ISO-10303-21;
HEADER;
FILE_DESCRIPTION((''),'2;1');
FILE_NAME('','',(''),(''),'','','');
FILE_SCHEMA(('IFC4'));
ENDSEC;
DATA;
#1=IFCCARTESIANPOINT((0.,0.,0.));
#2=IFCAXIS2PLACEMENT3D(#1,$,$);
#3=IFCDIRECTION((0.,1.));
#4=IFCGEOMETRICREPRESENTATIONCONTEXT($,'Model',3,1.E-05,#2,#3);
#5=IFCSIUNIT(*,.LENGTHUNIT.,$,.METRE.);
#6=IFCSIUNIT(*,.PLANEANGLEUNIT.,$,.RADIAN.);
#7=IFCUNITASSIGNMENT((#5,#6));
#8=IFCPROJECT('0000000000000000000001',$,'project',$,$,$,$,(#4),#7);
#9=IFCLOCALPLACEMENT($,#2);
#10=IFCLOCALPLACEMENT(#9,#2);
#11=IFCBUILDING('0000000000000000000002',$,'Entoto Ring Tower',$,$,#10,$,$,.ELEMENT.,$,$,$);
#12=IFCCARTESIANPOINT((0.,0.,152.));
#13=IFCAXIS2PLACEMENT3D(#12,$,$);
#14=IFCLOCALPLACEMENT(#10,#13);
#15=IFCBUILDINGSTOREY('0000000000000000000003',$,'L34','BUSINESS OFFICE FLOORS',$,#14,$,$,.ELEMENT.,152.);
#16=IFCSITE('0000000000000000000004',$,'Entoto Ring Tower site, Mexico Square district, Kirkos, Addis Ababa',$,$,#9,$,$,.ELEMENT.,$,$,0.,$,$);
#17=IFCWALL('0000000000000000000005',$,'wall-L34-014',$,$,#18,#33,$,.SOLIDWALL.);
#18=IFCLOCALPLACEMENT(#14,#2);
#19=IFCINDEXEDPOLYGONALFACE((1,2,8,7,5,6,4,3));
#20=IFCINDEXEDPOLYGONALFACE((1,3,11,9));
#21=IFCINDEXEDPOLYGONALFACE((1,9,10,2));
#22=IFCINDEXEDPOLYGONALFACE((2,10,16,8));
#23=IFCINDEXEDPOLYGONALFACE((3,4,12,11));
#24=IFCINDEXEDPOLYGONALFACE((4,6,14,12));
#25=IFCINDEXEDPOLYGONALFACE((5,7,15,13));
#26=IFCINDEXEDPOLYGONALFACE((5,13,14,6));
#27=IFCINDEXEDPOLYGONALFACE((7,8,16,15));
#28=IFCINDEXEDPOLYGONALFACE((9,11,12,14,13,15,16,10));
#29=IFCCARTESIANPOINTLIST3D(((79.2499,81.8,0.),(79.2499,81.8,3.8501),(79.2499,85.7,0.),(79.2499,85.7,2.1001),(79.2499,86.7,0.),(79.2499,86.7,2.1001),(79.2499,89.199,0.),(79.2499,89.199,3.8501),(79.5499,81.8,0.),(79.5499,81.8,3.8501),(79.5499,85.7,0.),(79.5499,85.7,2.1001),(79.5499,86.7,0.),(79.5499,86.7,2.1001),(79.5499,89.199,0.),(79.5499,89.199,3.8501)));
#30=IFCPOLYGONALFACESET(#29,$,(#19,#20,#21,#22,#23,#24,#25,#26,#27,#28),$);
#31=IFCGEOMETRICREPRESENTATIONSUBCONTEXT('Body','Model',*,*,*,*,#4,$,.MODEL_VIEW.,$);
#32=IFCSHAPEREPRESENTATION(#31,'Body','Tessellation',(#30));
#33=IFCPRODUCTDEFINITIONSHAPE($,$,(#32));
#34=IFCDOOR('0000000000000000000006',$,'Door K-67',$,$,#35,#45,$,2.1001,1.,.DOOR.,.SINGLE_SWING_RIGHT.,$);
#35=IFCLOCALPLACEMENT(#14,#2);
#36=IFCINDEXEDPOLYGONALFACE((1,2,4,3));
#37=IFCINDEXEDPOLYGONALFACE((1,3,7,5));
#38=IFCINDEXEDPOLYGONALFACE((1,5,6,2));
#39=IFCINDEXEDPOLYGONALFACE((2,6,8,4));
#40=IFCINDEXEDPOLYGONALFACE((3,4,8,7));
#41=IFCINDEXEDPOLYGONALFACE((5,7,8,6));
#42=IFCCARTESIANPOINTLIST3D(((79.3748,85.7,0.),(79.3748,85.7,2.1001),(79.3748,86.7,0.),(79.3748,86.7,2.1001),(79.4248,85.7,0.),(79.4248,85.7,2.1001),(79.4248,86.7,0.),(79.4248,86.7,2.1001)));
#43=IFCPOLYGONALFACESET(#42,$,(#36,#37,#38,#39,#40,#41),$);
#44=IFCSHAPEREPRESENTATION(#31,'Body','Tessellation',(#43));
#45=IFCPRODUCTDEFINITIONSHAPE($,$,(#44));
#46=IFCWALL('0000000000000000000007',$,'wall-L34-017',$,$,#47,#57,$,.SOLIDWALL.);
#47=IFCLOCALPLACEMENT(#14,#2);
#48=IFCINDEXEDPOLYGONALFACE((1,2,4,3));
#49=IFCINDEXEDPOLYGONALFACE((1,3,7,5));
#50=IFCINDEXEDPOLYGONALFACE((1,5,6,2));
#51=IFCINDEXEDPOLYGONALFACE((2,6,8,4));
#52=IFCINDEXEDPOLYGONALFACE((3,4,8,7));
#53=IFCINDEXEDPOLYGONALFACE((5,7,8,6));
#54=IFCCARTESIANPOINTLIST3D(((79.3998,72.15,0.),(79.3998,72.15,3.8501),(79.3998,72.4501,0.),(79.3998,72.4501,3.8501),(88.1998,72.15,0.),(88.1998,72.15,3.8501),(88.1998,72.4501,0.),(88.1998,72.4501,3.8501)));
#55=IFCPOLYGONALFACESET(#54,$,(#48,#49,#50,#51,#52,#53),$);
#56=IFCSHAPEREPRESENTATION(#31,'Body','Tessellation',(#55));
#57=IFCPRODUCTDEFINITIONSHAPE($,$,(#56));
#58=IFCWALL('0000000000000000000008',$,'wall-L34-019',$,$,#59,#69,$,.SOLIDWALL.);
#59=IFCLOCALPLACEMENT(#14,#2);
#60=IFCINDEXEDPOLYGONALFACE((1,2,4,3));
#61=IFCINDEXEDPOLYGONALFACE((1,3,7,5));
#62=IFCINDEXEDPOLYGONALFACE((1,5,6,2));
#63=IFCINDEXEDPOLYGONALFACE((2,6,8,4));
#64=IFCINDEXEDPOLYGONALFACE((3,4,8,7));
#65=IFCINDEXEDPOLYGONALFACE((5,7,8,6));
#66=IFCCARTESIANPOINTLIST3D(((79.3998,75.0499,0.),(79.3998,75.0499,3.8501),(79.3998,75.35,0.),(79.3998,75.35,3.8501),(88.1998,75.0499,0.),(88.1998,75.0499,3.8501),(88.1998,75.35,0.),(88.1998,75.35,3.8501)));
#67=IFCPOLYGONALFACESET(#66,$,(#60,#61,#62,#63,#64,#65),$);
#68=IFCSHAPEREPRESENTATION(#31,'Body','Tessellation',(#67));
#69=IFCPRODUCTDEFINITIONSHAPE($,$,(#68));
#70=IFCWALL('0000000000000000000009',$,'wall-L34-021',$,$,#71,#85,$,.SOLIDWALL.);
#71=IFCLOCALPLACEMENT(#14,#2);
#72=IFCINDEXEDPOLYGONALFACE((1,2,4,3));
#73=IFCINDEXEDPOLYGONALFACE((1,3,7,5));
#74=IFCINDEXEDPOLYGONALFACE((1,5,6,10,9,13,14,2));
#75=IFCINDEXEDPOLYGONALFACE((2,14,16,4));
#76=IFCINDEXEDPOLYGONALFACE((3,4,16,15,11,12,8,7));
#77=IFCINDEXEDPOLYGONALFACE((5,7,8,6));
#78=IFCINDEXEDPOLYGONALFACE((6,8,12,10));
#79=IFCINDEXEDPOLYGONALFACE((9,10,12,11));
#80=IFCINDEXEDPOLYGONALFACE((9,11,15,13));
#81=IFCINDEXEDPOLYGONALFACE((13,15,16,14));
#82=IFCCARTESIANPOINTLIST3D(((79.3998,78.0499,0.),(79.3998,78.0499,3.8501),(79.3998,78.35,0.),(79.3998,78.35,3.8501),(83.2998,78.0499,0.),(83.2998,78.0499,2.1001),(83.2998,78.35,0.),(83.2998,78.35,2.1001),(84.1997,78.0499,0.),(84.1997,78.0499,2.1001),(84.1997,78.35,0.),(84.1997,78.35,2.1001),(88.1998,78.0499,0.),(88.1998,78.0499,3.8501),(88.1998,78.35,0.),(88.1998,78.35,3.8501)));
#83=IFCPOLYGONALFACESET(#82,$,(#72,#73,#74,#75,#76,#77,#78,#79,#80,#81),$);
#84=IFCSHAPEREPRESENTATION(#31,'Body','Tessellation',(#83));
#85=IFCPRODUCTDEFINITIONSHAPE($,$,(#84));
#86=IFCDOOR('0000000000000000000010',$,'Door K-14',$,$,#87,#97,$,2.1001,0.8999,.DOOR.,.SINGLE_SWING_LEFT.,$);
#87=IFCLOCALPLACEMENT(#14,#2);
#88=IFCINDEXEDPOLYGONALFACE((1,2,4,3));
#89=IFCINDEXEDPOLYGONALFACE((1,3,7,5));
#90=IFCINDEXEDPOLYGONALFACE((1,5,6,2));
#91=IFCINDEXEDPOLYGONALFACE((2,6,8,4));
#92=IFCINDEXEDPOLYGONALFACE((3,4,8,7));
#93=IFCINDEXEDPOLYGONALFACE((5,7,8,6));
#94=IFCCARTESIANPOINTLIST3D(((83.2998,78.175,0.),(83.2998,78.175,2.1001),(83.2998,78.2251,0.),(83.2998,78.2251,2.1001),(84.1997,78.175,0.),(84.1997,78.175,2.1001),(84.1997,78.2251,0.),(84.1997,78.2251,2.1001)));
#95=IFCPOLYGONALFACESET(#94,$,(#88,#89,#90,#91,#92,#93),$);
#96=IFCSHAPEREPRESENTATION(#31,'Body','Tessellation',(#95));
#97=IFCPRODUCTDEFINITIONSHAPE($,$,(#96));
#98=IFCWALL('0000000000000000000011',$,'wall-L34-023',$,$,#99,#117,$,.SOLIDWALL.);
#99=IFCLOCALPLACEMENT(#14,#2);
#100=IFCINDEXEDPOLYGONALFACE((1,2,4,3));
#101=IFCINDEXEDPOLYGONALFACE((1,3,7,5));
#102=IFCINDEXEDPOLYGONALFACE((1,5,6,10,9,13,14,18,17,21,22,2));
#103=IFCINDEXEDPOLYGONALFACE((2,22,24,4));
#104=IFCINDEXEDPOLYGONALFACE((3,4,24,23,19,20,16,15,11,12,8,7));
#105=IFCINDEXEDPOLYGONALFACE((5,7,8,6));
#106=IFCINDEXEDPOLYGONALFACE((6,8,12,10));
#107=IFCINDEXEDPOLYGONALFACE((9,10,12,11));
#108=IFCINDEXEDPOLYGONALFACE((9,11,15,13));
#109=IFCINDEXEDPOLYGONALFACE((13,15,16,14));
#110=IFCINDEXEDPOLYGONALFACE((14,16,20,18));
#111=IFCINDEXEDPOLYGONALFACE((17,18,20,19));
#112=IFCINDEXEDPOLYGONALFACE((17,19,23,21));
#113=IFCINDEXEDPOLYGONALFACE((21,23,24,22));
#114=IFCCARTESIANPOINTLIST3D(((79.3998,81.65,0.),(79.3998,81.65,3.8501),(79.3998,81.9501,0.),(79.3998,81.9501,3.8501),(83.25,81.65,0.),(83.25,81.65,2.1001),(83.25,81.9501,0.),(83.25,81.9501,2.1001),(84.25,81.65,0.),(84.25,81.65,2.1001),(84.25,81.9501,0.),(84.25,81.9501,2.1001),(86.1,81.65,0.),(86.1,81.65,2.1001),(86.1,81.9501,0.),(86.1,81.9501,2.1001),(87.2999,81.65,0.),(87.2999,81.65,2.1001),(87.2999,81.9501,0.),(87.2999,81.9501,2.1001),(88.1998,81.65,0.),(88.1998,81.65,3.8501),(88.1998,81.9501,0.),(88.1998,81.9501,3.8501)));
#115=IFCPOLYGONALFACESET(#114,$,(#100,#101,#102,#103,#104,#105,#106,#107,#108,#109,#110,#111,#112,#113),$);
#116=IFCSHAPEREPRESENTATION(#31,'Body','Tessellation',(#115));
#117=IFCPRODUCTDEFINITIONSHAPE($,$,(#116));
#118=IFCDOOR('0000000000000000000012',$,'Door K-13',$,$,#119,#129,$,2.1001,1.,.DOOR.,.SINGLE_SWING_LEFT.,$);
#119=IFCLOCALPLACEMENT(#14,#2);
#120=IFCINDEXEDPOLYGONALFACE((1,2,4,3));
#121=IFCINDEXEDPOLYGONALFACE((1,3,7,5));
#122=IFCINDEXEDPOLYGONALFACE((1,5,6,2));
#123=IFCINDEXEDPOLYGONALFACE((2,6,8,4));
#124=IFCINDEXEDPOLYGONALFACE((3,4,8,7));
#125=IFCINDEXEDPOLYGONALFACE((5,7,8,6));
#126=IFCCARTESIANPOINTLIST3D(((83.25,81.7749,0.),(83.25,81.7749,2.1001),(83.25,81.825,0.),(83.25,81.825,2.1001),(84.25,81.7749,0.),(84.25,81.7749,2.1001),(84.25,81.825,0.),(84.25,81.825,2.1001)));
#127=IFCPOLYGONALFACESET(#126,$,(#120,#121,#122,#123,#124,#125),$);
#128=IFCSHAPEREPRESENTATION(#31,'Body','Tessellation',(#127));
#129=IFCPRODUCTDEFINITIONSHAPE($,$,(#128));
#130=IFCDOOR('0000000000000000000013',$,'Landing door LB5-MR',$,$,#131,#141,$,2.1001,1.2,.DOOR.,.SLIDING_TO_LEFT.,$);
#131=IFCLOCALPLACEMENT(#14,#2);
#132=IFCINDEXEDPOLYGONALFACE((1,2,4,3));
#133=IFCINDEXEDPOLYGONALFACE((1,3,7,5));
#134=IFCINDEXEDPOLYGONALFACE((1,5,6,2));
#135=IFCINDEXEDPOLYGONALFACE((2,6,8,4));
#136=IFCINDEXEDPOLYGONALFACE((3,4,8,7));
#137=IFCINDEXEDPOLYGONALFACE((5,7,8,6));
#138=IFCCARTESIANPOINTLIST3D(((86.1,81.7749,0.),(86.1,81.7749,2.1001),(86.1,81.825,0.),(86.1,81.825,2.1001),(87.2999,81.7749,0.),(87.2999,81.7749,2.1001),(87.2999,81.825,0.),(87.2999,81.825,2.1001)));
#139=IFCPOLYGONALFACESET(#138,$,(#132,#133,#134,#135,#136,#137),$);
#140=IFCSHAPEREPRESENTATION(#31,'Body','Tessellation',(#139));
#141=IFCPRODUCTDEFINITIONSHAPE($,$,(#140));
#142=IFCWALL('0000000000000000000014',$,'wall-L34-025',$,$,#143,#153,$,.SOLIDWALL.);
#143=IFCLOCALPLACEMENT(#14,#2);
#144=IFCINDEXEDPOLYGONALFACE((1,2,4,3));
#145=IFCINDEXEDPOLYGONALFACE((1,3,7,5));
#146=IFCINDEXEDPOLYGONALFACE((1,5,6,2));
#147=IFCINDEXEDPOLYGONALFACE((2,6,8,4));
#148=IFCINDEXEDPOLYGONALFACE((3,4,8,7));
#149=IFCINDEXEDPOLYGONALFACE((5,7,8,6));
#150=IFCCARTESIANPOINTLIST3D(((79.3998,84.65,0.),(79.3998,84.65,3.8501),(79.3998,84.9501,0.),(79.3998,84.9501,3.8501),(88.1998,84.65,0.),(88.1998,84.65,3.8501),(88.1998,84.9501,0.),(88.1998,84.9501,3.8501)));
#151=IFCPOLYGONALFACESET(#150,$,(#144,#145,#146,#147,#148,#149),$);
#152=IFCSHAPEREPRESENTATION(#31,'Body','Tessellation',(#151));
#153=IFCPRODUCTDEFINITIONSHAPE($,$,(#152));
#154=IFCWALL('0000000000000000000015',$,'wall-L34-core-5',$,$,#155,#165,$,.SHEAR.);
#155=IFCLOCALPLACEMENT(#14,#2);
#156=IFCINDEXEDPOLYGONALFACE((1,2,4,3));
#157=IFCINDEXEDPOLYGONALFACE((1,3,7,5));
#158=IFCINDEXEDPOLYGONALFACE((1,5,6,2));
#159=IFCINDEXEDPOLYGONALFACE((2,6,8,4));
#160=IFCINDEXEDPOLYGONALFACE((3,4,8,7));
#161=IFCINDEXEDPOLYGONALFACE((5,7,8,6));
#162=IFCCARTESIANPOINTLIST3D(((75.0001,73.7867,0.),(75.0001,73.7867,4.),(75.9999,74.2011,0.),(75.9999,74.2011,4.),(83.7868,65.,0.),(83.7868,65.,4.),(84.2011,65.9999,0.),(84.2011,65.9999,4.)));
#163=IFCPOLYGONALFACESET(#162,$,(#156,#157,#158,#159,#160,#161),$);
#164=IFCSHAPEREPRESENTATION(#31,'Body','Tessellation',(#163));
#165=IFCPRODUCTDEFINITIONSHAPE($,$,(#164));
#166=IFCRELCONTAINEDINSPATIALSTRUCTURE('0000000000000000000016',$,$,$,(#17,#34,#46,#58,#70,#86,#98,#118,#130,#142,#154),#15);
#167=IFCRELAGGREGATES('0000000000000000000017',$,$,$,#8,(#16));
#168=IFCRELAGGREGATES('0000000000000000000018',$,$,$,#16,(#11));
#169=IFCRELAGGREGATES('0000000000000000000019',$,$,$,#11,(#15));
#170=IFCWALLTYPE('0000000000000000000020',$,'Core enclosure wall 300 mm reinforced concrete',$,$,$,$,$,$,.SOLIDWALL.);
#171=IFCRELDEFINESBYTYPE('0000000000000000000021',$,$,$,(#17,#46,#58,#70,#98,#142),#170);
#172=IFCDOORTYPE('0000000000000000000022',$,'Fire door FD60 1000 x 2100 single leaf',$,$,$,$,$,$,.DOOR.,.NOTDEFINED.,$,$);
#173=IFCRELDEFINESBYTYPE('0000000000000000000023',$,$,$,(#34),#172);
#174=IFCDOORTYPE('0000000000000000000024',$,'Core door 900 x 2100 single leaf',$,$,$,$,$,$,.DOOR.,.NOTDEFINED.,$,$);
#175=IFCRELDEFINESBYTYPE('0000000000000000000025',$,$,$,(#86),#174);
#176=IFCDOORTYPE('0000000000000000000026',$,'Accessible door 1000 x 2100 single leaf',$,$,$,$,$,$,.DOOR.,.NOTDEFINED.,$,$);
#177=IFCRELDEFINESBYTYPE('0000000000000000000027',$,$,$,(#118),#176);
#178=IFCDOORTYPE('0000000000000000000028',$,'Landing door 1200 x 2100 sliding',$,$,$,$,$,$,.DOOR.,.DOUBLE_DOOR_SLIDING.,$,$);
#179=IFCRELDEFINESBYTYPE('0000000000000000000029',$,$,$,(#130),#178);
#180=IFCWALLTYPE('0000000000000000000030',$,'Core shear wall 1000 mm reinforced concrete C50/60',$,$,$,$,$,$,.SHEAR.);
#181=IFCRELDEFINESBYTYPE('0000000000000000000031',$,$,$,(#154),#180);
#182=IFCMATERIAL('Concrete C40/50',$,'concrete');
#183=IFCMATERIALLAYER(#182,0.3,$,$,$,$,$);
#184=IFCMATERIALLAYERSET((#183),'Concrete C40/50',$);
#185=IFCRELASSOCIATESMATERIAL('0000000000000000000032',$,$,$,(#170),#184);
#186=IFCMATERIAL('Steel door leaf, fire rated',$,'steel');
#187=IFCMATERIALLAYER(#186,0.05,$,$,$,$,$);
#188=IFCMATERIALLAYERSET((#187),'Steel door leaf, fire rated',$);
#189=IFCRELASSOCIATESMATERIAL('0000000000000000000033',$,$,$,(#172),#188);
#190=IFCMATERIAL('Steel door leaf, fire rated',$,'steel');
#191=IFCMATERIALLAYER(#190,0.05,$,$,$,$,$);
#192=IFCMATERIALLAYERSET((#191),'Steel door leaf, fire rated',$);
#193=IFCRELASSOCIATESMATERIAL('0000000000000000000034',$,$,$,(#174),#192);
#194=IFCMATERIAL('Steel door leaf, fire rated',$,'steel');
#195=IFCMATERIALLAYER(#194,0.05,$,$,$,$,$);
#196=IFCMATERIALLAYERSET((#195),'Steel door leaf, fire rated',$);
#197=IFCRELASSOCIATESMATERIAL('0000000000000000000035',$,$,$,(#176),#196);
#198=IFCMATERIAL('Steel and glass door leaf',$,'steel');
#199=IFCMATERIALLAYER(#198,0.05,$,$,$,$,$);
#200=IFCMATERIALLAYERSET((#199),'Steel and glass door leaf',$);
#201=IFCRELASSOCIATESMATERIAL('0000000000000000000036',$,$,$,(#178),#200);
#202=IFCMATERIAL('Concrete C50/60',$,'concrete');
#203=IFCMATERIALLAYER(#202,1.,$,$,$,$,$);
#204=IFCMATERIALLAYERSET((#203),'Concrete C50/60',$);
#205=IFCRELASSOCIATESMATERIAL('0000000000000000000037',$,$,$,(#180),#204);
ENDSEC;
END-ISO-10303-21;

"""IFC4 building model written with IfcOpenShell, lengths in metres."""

from ifc_helpers import new_model, si_unit, direction, frame, frame_2d, origin, place, context, subcontext, project, spatial, polyline, rectangle, outline, extrude, material, layer, layer_set, type_object, element, fill, save


model = new_model("IFC4")

# Units and contexts
model_context = context("Model", 3, precision=1e-05, world=origin(), true_north=direction((0.0, 1.0)))
body_context = subcontext(model_context, "Body", "Model", "MODEL_VIEW")
ifc_project = project(units=[si_unit("LENGTHUNIT", "METRE"), si_unit("PLANEANGLEUNIT", "RADIAN")], contexts=[model_context])

# Site, building, storey
site_placement = place(None, origin())
site = spatial("IfcSite", under=ifc_project, at=site_placement, Name="Entoto Ring Tower site, Mexico Square district, Kirkos, Addis Ababa", CompositionType="ELEMENT", RefElevation=0.0)
building_placement = place(site_placement, origin())
building = spatial("IfcBuilding", under=site, at=building_placement, Name="Entoto Ring Tower", CompositionType="ELEMENT")
storey_placement = place(building_placement, frame((0.0, 0.0, 152.0)))
storey = spatial("IfcBuildingStorey", under=building, at=storey_placement, Name="L34", Description="BUSINESS OFFICE FLOORS", CompositionType="ELEMENT", Elevation=152.0)

# Shared definitions
ifc_material_1 = material(Name="Concrete C40/50", Category="concrete")
ifc_layer_1 = layer(ifc_material_1, 0.3)
ifc_layer_set_1 = layer_set([ifc_layer_1], Name="Concrete C40/50")
wall_type_1 = type_object("IfcWallType", Name="Core enclosure wall 300 mm reinforced concrete", PredefinedType="SOLIDWALL", material=ifc_layer_set_1)

# Wall, opening, door
wall_1_placement = place(storey_placement, frame((79.3999, 81.8, 0.0), z_axis=(0.0, 0.0, 1.0), x_axis=(0.0, 1.0, 0.0)))
wall_1 = element("IfcWall", 1, at=wall_1_placement, inside=storey, type_object=wall_type_1, Name="wall-L34-014", PredefinedType="SOLIDWALL", context=body_context, shape_type="SweptSolid", body=[
    extrude(rectangle(XDim=7.3989, YDim=0.3, at=frame_2d((3.6995, 0.0))), origin(), (0.0, 0.0, 1.0), 3.8501),
])
opening_1_placement = place(wall_1_placement, frame((3.8999, 0.0, 0.0)))
opening_1 = element("IfcOpeningElement", 2, at=opening_1_placement, cuts=wall_1, PredefinedType="OPENING", context=body_context, shape_type="SweptSolid", body=[
    extrude(rectangle(XDim=1.0, YDim=2.1001, at=frame_2d((0.5, 1.05))), frame((0.0, 0.1602, 0.0), z_axis=(0.0, -1.0, 0.0), x_axis=(1.0, 0.0, 0.0)), (0.0, 0.0, 1.0), 0.3201),
])
ifc_material_2 = material(Name="Steel door leaf, fire rated", Category="steel")
ifc_layer_2 = layer(ifc_material_2, 0.05)
ifc_layer_set_2 = layer_set([ifc_layer_2], Name="Steel door leaf, fire rated")
door_type_1 = type_object("IfcDoorType", Name="Fire door FD60 1000 x 2100 single leaf", OperationType="NOTDEFINED", PredefinedType="DOOR", material=ifc_layer_set_2)
door_1_placement = place(opening_1_placement, frame((1.0, 0.0, 0.0), z_axis=(0.0, 0.0, 1.0), x_axis=(-1.0, 0.0, 0.0)))
door_1 = element("IfcDoor", 3, at=door_1_placement, inside=storey, type_object=door_type_1, Name="Door K-67", OperationType="SINGLE_SWING_RIGHT", OverallHeight=2.1001, OverallWidth=1.0, PredefinedType="DOOR", context=body_context, shape_type="SweptSolid", body=[
    extrude(rectangle(XDim=1.0, YDim=2.1001, at=frame_2d((0.5, 1.05))), frame((0.0, 0.0249, 0.0), z_axis=(0.0, -1.0, 0.0), x_axis=(1.0, 0.0, 0.0)), (0.0, 0.0, 1.0), 0.05),
])
fill(opening_1, door_1)

# Walls
for number, where, z_axis, x_axis, name in (
    (4, (79.3999, 72.3, 0.0), (0.0, 0.0, 1.0), (1.0, 0.0, 0.0), "wall-L34-017"),
    (5, (79.3999, 75.2, 0.0), (0.0, 0.0, 1.0), (1.0, 0.0, 0.0), "wall-L34-019"),
):
    element("IfcWall", number, at=place(storey_placement, frame(where, z_axis=z_axis, x_axis=x_axis)), inside=storey, type_object=wall_type_1, Name=name, PredefinedType="SOLIDWALL", context=body_context, shape_type="SweptSolid", body=[
        extrude(rectangle(XDim=8.8, YDim=0.3, at=frame_2d((4.3999, 0.0))), origin(), (0.0, 0.0, 1.0), 3.8501),
    ])

# Wall, opening, door
wall_2_placement = place(storey_placement, frame((79.3999, 78.2, 0.0), z_axis=(0.0, 0.0, 1.0), x_axis=(1.0, 0.0, 0.0)))
wall_2 = element("IfcWall", 6, at=wall_2_placement, inside=storey, type_object=wall_type_1, Name="wall-L34-021", PredefinedType="SOLIDWALL", context=body_context, shape_type="SweptSolid", body=[
    extrude(rectangle(XDim=8.8, YDim=0.3, at=frame_2d((4.3999, 0.0))), origin(), (0.0, 0.0, 1.0), 3.8501),
])
opening_2_placement = place(wall_2_placement, frame((3.8999, 0.0, 0.0)))
opening_2 = element("IfcOpeningElement", 7, at=opening_2_placement, cuts=wall_2, PredefinedType="OPENING", context=body_context, shape_type="SweptSolid", body=[
    extrude(rectangle(XDim=0.8999, YDim=2.1001, at=frame_2d((0.45, 1.05))), frame((0.0, 0.1602, 0.0), z_axis=(0.0, -1.0, 0.0), x_axis=(1.0, 0.0, 0.0)), (0.0, 0.0, 1.0), 0.3201),
])
ifc_material_3 = material(Name="Steel door leaf, fire rated", Category="steel")
ifc_layer_3 = layer(ifc_material_3, 0.05)
ifc_layer_set_3 = layer_set([ifc_layer_3], Name="Steel door leaf, fire rated")
door_type_2 = type_object("IfcDoorType", Name="Core door 900 x 2100 single leaf", OperationType="NOTDEFINED", PredefinedType="DOOR", material=ifc_layer_set_3)
door_2_placement = place(opening_2_placement, frame((0.8999, 0.0, 0.0), z_axis=(0.0, 0.0, 1.0), x_axis=(-1.0, 0.0, 0.0)))
door_2 = element("IfcDoor", 8, at=door_2_placement, inside=storey, type_object=door_type_2, Name="Door K-14", OperationType="SINGLE_SWING_LEFT", OverallHeight=2.1001, OverallWidth=0.8999, PredefinedType="DOOR", context=body_context, shape_type="SweptSolid", body=[
    extrude(rectangle(XDim=0.8999, YDim=2.1001, at=frame_2d((0.45, 1.05))), frame((0.0, 0.0249, 0.0), z_axis=(0.0, -1.0, 0.0), x_axis=(1.0, 0.0, 0.0)), (0.0, 0.0, 1.0), 0.05),
])
fill(opening_2, door_2)

# Wall, openings, doors
wall_3_placement = place(storey_placement, frame((79.3999, 81.8, 0.0), z_axis=(0.0, 0.0, 1.0), x_axis=(1.0, 0.0, 0.0)))
wall_3 = element("IfcWall", 9, at=wall_3_placement, inside=storey, type_object=wall_type_1, Name="wall-L34-023", PredefinedType="SOLIDWALL", context=body_context, shape_type="SweptSolid", body=[
    extrude(rectangle(XDim=8.8, YDim=0.3, at=frame_2d((4.3999, 0.0))), origin(), (0.0, 0.0, 1.0), 3.8501),
])
opening_3_placement = place(wall_3_placement, frame((6.7, 0.0, 0.0)))
opening_3 = element("IfcOpeningElement", 10, at=opening_3_placement, cuts=wall_3, PredefinedType="OPENING", context=body_context, shape_type="SweptSolid", body=[
    extrude(rectangle(XDim=1.2, YDim=2.1001, at=frame_2d((0.6001, 1.05))), frame((0.0, 0.1602, 0.0), z_axis=(0.0, -1.0, 0.0), x_axis=(1.0, 0.0, 0.0)), (0.0, 0.0, 1.0), 0.3201),
])
opening_4_placement = place(wall_3_placement, frame((3.8501, 0.0, 0.0)))
opening_4 = element("IfcOpeningElement", 11, at=opening_4_placement, cuts=wall_3, PredefinedType="OPENING", context=body_context, shape_type="SweptSolid", body=[
    extrude(rectangle(XDim=1.0, YDim=2.1001, at=frame_2d((0.5, 1.05))), frame((0.0, 0.1602, 0.0), z_axis=(0.0, -1.0, 0.0), x_axis=(1.0, 0.0, 0.0)), (0.0, 0.0, 1.0), 0.3201),
])
ifc_material_4 = material(Name="Steel door leaf, fire rated", Category="steel")
ifc_layer_4 = layer(ifc_material_4, 0.05)
ifc_layer_set_4 = layer_set([ifc_layer_4], Name="Steel door leaf, fire rated")
door_type_3 = type_object("IfcDoorType", Name="Accessible door 1000 x 2100 single leaf", OperationType="NOTDEFINED", PredefinedType="DOOR", material=ifc_layer_set_4)
door_3_placement = place(opening_4_placement, origin())
door_3 = element("IfcDoor", 12, at=door_3_placement, inside=storey, type_object=door_type_3, Name="Door K-13", OperationType="SINGLE_SWING_LEFT", OverallHeight=2.1001, OverallWidth=1.0, PredefinedType="DOOR", context=body_context, shape_type="SweptSolid", body=[
    extrude(rectangle(XDim=1.0, YDim=2.1001, at=frame_2d((0.5, 1.05))), frame((0.0, 0.0249, 0.0), z_axis=(0.0, -1.0, 0.0), x_axis=(1.0, 0.0, 0.0)), (0.0, 0.0, 1.0), 0.05),
])
fill(opening_4, door_3)
ifc_material_5 = material(Name="Steel and glass door leaf", Category="steel")
ifc_layer_5 = layer(ifc_material_5, 0.05)
ifc_layer_set_5 = layer_set([ifc_layer_5], Name="Steel and glass door leaf")
door_type_4 = type_object("IfcDoorType", Name="Landing door 1200 x 2100 sliding", OperationType="DOUBLE_DOOR_SLIDING", PredefinedType="DOOR", material=ifc_layer_set_5)
door_4_placement = place(opening_3_placement, origin())
door_4 = element("IfcDoor", 13, at=door_4_placement, inside=storey, type_object=door_type_4, Name="Landing door LB5-MR", OperationType="SLIDING_TO_LEFT", OverallHeight=2.1001, OverallWidth=1.2, PredefinedType="DOOR", context=body_context, shape_type="SweptSolid", body=[
    extrude(rectangle(XDim=1.2, YDim=2.1001, at=frame_2d((0.6001, 1.05))), frame((0.0, 0.0249, 0.0), z_axis=(0.0, -1.0, 0.0), x_axis=(1.0, 0.0, 0.0)), (0.0, 0.0, 1.0), 0.05),
])
fill(opening_3, door_4)

# Walls
wall_4_placement = place(storey_placement, frame((79.3999, 84.8, 0.0), z_axis=(0.0, 0.0, 1.0), x_axis=(1.0, 0.0, 0.0)))
element("IfcWall", 14, at=wall_4_placement, inside=storey, type_object=wall_type_1, Name="wall-L34-025", PredefinedType="SOLIDWALL", context=body_context, shape_type="SweptSolid", body=[
    extrude(rectangle(XDim=8.8, YDim=0.3, at=frame_2d((4.3999, 0.0))), origin(), (0.0, 0.0, 1.0), 3.8501),
])
ifc_material_6 = material(Name="Concrete C50/60", Category="concrete")
ifc_layer_6 = layer(ifc_material_6, 1.0)
ifc_layer_set_6 = layer_set([ifc_layer_6], Name="Concrete C50/60")
wall_type_2 = type_object("IfcWallType", Name="Core shear wall 1000 mm reinforced concrete C50/60", PredefinedType="SHEAR", material=ifc_layer_set_6)
wall_5_placement = place(storey_placement, frame((75.5, 73.9939, 0.0), z_axis=(0.0, 0.0, 1.0), x_axis=(0.707107, -0.707107, 0.0)))
element("IfcWall", 15, at=wall_5_placement, inside=storey, type_object=wall_type_2, Name="wall-L34-core-5", PredefinedType="SHEAR", context=body_context, shape_type="SweptSolid", body=[
    extrude(outline(polyline([(-0.207, -0.5), (12.2192, -0.5), (11.8052, 0.5), (0.207, 0.5), (-0.207, -0.5)])), origin(), (0.0, 0.0, 1.0), 4.0),
])

save(model, "model.ifc")
